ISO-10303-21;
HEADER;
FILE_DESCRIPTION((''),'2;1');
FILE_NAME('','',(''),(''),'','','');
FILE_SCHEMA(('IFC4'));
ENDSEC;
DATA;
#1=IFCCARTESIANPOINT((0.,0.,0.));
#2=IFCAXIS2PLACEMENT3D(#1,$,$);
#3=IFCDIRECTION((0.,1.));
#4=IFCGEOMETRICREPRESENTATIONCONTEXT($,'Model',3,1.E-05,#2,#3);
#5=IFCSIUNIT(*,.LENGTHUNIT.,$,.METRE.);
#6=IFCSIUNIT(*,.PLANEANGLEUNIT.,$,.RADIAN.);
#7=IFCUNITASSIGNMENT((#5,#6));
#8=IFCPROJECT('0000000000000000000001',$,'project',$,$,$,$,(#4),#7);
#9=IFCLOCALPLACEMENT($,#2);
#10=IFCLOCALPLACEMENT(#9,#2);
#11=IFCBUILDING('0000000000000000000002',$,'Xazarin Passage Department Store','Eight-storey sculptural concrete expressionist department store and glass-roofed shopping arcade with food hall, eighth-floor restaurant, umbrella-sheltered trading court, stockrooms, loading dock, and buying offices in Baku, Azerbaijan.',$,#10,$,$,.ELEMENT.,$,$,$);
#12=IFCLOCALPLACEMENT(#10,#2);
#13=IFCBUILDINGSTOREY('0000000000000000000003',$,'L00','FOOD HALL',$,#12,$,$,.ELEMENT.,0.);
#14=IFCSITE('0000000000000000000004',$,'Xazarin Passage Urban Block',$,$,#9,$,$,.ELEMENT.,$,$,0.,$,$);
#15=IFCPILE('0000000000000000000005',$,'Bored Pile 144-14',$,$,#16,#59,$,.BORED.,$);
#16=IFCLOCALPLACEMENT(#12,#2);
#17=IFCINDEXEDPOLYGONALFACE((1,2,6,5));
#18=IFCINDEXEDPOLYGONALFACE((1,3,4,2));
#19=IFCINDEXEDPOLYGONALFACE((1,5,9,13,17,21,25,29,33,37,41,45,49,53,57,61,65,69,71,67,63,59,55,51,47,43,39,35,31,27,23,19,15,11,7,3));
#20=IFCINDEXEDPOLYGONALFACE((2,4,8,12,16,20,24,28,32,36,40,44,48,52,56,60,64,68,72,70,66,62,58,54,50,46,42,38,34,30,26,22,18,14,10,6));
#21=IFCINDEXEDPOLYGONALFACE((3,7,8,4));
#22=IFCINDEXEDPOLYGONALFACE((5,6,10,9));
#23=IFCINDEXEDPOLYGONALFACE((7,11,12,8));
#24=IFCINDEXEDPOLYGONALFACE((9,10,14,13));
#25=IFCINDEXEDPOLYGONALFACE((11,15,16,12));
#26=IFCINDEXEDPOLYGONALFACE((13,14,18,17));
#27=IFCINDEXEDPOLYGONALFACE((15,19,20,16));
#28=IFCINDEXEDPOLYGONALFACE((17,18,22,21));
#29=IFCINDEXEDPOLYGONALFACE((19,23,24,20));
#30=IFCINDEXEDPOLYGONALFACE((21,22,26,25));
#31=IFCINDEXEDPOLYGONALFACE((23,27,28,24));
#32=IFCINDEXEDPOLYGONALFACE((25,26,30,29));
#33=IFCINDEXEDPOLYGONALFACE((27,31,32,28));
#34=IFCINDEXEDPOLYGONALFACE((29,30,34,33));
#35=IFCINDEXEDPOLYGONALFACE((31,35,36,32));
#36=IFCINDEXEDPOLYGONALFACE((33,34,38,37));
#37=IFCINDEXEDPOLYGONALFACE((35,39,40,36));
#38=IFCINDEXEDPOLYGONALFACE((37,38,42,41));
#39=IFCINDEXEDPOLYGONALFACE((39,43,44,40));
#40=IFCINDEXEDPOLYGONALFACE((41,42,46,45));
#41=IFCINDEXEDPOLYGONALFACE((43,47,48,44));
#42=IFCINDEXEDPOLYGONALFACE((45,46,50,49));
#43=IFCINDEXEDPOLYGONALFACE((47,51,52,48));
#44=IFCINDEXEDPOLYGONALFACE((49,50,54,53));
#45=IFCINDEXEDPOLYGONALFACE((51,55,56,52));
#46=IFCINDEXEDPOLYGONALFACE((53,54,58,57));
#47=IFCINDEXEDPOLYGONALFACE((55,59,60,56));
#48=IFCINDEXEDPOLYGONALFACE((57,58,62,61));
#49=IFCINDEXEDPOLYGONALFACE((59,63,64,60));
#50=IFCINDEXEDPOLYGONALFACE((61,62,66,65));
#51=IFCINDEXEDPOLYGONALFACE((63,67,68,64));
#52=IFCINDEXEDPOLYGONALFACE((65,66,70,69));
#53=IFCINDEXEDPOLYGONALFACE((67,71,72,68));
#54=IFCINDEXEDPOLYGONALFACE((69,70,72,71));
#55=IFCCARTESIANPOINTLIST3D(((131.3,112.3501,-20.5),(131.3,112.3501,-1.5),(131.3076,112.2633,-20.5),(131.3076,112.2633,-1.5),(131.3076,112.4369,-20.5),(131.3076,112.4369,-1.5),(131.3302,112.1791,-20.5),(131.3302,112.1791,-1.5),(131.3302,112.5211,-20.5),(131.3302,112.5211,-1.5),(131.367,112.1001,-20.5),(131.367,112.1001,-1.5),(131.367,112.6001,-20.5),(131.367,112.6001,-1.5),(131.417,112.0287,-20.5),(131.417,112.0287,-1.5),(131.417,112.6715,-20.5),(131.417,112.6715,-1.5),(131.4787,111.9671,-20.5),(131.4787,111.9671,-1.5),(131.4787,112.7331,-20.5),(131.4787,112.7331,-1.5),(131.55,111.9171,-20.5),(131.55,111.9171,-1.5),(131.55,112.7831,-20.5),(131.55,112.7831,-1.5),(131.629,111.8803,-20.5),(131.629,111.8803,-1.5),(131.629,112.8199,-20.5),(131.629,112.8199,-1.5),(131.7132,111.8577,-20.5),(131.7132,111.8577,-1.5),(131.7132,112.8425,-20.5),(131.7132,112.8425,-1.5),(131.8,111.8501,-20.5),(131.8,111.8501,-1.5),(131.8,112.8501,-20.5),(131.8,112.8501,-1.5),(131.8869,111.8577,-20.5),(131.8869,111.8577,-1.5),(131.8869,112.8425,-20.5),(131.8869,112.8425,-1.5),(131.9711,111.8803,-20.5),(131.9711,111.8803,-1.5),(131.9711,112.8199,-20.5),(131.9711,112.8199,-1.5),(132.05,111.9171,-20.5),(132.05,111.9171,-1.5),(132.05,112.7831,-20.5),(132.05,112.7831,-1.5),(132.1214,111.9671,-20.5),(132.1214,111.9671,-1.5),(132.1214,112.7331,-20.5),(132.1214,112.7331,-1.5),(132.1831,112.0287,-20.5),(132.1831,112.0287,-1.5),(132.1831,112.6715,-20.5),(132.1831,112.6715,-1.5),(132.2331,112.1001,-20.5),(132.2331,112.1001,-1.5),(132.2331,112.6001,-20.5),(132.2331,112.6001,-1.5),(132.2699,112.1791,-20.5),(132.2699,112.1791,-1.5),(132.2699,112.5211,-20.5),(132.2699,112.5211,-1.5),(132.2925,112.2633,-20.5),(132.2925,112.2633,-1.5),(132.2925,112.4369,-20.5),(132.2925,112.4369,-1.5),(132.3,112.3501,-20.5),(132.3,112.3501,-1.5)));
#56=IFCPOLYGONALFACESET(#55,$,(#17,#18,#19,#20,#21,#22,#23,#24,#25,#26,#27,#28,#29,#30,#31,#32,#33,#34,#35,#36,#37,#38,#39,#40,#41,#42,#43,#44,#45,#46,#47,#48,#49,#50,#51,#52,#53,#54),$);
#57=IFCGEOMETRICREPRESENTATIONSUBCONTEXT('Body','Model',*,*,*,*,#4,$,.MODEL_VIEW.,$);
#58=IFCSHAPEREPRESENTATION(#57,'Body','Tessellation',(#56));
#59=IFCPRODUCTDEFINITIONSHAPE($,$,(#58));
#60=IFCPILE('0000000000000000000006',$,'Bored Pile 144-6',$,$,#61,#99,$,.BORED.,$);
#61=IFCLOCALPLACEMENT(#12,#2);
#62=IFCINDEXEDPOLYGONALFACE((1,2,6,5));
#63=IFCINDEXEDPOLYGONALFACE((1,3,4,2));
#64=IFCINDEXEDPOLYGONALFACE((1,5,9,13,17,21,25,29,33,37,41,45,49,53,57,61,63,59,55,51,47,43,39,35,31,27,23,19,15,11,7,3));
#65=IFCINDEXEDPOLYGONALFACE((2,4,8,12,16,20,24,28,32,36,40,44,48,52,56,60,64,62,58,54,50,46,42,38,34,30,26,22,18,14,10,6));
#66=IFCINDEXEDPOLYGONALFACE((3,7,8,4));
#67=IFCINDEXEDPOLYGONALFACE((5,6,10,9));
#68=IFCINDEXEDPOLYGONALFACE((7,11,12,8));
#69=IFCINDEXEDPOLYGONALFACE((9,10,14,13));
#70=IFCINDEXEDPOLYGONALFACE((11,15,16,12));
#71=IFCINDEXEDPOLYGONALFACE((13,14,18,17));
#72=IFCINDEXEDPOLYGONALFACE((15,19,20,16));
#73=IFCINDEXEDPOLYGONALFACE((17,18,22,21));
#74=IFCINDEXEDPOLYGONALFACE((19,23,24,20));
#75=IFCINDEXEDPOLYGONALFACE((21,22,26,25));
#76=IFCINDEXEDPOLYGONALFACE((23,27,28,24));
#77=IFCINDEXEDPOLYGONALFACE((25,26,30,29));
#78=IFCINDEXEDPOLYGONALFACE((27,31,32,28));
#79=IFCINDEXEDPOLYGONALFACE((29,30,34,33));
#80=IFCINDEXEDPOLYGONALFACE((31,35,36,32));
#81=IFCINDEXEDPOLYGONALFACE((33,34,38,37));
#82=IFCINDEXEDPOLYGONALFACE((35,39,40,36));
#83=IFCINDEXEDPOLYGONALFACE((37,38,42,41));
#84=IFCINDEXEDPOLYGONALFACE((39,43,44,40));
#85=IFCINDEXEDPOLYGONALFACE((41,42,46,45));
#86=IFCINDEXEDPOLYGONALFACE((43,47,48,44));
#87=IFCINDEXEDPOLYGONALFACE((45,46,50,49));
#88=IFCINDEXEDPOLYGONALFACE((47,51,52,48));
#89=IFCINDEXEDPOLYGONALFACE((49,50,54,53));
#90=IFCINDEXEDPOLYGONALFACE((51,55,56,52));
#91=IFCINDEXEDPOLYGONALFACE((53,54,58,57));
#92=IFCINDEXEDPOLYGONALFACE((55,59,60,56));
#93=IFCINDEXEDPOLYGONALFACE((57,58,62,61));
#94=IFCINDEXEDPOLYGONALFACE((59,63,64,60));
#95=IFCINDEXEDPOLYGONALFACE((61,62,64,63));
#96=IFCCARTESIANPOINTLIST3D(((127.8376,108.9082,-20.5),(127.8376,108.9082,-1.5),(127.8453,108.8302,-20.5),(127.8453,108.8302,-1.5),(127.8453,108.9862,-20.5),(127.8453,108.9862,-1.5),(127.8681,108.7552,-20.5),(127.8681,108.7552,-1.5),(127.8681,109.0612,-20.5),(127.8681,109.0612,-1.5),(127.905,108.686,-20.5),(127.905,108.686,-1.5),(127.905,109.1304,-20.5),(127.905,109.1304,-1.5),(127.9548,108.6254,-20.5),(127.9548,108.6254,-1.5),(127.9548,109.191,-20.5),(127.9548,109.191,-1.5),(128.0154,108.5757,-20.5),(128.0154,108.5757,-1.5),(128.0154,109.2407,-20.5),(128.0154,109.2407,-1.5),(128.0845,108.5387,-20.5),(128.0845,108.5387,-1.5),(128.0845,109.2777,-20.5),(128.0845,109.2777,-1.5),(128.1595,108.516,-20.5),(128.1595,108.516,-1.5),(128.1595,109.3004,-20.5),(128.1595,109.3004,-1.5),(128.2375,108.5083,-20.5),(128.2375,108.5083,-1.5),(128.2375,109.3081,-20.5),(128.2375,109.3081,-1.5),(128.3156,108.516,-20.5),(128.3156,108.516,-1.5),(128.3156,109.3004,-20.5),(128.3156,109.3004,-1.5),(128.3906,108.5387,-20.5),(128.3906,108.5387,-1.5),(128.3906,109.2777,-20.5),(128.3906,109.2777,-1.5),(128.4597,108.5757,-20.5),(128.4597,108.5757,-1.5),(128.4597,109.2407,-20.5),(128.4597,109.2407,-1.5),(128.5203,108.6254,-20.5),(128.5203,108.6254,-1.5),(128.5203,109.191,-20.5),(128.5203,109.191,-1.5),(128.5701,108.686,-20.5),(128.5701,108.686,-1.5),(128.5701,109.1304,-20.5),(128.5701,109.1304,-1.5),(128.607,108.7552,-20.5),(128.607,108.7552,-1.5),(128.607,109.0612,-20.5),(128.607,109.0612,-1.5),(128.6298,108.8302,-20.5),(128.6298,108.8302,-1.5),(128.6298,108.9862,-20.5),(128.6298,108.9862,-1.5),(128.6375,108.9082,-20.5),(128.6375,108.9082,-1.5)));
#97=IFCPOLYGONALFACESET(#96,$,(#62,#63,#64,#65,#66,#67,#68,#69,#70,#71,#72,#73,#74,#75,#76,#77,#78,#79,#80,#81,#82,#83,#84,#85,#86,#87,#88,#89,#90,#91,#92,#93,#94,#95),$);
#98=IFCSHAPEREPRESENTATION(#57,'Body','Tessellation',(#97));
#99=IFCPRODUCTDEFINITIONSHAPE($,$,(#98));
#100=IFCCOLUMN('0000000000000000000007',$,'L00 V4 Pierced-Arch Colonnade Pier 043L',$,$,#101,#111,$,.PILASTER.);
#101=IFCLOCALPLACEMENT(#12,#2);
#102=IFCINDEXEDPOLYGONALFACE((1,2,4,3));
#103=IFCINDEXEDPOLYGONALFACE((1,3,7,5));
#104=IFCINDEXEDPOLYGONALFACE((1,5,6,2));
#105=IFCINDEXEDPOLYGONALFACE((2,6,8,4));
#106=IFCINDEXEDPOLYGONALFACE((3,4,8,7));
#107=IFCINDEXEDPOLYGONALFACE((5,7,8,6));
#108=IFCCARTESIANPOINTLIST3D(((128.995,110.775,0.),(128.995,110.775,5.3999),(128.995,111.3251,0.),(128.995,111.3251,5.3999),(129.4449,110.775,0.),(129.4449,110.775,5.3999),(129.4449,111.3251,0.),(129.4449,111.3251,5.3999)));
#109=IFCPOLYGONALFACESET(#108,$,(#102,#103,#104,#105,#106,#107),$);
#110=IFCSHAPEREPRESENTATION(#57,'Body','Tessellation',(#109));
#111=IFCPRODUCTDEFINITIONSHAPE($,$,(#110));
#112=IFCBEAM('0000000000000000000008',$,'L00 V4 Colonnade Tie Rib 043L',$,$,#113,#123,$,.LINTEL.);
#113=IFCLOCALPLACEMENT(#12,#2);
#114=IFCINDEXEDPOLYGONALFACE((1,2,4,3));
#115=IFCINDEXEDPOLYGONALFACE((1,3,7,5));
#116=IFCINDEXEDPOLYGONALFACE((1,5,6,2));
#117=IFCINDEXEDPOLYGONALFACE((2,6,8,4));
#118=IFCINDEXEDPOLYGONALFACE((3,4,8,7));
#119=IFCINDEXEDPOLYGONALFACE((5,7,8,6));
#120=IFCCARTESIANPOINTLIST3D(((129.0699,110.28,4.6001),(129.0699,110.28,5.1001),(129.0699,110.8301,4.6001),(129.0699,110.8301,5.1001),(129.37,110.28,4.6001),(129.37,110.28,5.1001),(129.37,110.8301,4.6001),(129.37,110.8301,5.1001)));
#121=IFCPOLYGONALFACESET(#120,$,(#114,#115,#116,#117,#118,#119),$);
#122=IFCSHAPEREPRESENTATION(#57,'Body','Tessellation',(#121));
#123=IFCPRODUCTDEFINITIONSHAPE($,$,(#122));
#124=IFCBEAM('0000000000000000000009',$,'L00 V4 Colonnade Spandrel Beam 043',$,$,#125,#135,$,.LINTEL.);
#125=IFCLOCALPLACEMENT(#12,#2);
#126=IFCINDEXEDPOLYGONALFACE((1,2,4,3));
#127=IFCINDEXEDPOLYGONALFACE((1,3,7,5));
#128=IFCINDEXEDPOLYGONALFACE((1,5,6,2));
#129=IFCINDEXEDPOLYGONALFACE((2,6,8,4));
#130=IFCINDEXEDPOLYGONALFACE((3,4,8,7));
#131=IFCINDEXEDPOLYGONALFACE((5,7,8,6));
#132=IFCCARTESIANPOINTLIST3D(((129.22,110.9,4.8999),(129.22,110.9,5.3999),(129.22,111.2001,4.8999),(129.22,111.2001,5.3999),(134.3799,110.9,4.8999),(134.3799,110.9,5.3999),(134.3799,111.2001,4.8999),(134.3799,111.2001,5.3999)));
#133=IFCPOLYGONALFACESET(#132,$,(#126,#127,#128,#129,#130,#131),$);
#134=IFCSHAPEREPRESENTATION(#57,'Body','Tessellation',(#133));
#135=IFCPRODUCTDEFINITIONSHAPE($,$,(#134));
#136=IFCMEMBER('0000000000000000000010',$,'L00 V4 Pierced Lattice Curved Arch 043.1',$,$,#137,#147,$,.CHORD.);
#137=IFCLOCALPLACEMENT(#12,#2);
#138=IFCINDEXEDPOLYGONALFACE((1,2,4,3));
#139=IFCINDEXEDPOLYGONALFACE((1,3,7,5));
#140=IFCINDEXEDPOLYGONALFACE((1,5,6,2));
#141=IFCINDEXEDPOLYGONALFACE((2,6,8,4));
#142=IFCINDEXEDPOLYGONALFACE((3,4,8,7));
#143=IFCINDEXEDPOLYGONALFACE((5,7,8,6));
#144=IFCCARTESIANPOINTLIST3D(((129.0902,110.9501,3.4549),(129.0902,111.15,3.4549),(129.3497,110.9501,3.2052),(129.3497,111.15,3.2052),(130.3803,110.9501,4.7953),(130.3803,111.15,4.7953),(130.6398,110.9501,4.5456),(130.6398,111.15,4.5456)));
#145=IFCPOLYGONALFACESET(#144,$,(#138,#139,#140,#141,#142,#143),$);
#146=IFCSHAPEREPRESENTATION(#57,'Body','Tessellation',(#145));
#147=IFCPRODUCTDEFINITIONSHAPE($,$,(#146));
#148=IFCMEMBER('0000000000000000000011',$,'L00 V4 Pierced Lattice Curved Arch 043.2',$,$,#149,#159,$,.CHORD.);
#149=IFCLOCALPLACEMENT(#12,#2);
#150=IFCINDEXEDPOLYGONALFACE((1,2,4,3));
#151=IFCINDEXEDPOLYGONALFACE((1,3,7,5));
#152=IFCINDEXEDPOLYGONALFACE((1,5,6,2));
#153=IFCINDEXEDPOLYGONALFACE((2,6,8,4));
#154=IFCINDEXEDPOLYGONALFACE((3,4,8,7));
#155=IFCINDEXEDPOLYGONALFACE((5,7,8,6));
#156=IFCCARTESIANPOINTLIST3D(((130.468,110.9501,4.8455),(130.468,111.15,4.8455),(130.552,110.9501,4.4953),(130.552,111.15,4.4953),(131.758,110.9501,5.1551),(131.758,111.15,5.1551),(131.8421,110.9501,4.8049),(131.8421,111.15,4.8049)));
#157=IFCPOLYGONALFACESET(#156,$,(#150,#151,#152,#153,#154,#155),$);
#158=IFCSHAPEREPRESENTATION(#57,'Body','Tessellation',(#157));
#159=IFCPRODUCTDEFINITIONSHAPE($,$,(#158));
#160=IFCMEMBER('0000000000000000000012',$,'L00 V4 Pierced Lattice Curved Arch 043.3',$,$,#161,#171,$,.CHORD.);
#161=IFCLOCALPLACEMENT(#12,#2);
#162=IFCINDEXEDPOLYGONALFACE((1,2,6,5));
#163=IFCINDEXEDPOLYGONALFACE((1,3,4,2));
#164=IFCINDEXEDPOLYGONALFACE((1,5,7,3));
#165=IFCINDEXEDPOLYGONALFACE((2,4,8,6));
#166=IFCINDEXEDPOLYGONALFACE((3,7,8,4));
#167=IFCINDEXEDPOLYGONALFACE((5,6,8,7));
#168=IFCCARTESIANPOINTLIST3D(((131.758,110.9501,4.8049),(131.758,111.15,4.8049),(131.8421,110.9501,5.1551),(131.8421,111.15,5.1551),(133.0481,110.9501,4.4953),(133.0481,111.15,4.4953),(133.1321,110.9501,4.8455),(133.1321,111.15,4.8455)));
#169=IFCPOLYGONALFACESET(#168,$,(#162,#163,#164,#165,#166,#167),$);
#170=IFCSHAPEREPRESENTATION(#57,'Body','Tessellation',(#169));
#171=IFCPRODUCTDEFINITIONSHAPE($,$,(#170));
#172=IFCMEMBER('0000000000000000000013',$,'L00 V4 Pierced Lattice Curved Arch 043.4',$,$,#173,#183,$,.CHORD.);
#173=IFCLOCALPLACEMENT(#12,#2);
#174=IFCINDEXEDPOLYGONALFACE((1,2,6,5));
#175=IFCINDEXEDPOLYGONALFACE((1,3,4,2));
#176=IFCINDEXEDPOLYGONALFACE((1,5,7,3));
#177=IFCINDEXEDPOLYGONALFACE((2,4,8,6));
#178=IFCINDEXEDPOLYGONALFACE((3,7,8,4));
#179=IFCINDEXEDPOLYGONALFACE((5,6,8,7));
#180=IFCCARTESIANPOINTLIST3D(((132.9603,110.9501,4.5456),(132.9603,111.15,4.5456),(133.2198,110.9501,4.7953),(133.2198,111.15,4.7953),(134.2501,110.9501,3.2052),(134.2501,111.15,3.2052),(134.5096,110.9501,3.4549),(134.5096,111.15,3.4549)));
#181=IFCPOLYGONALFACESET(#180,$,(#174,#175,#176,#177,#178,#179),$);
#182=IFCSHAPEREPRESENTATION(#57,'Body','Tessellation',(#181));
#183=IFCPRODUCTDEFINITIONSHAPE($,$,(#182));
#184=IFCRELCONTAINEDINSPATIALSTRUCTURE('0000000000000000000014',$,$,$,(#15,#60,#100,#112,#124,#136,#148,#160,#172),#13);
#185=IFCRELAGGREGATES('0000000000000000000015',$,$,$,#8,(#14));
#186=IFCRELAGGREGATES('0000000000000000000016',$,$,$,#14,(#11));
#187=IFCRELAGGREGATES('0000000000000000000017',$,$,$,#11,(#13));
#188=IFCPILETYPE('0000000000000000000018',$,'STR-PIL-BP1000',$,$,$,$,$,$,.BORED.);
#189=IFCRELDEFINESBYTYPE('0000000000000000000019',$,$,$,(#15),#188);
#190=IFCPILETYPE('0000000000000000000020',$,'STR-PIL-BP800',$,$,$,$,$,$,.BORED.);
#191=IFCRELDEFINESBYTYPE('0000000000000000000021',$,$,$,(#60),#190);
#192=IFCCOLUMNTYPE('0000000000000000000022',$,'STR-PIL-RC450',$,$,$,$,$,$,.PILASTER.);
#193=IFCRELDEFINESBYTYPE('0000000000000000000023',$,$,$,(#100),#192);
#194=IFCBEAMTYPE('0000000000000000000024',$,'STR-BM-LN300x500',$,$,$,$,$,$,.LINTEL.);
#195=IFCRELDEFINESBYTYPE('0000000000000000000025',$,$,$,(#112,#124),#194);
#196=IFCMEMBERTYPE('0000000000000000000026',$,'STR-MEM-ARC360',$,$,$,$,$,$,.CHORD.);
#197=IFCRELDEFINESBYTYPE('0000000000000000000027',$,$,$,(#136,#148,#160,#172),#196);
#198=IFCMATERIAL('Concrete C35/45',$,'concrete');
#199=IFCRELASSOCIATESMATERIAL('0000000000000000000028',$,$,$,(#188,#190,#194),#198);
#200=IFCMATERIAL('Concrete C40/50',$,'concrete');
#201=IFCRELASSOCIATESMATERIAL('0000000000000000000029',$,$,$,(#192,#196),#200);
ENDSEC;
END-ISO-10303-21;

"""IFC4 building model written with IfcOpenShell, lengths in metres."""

from ifc_helpers import new_model, si_unit, direction, frame, origin, origin_2d, place, context, subcontext, project, spatial, rectangle, circle, extrude, material, material_profile, profile_set, type_object, element, save


model = new_model("IFC4")

# Units and contexts
model_context = context("Model", 3, precision=1e-05, world=origin(), true_north=direction((0.0, 1.0)))
body_context = subcontext(model_context, "Body", "Model", "MODEL_VIEW")
ifc_project = project(units=[si_unit("LENGTHUNIT", "METRE"), si_unit("PLANEANGLEUNIT", "RADIAN")], contexts=[model_context])

# Site, building, storey
site_placement = place(None, origin())
site = spatial("IfcSite", under=ifc_project, at=site_placement, Name="Xazarin Passage Urban Block", CompositionType="ELEMENT", RefElevation=0.0)
building_placement = place(site_placement, origin())
building = spatial("IfcBuilding", under=site, at=building_placement, Name="Xazarin Passage Department Store", Description="Eight-storey sculptural concrete expressionist department store and glass-roofed shopping arcade with food hall, eighth-floor restaurant, umbrella-sheltered trading court, stockrooms, loading dock, and buying offices in Baku, Azerbaijan.", CompositionType="ELEMENT")
storey_placement = place(building_placement, origin())
storey = spatial("IfcBuildingStorey", under=building, at=storey_placement, Name="L00", Description="FOOD HALL", CompositionType="ELEMENT", Elevation=0.0)

# Piles
ifc_material_1 = material(Name="Concrete C35/45", Category="concrete")
ifc_material_profile_1 = material_profile(ifc_material_1, circle(Radius=0.5, at=origin_2d()), Name="BP 1000")
ifc_profile_set_1 = profile_set([ifc_material_profile_1], Name="Concrete C35/45")
pile_type_1 = type_object("IfcPileType", Name="STR-PIL-BP1000", PredefinedType="BORED", material=ifc_profile_set_1)
for number, where, z_axis, x_axis, name in (
    (1, (131.8, 112.3501, -1.5), (0.0, 0.0, -1.0), (1.0, 0.0, 0.0), "Bored Pile 144-14"),
):
    element("IfcPile", number, at=place(storey_placement, frame(where, z_axis=z_axis, x_axis=x_axis)), inside=storey, type_object=pile_type_1, Name=name, PredefinedType="BORED", context=body_context, shape_type="SweptSolid", body=[
        extrude(circle(Radius=0.5, at=origin_2d()), origin(), (0.0, 0.0, 1.0), 19.0),
    ])
ifc_material_profile_2 = material_profile(ifc_material_1, circle(Radius=0.3999, at=origin_2d()), Name="BP 800")
ifc_profile_set_2 = profile_set([ifc_material_profile_2], Name="Concrete C35/45")
pile_type_2 = type_object("IfcPileType", Name="STR-PIL-BP800", PredefinedType="BORED", material=ifc_profile_set_2)
pile_placement = place(storey_placement, frame((128.2375, 108.9082, -1.5), z_axis=(0.0, 0.0, -1.0), x_axis=(1.0, 0.0, 0.0)))
element("IfcPile", 2, at=pile_placement, inside=storey, type_object=pile_type_2, Name="Bored Pile 144-6", PredefinedType="BORED", context=body_context, shape_type="SweptSolid", body=[
    extrude(circle(Radius=0.3999, at=origin_2d()), origin(), (0.0, 0.0, 1.0), 19.0),
])

# Column
ifc_material_2 = material(Name="Concrete C40/50", Category="concrete")
ifc_material_profile_3 = material_profile(ifc_material_2, rectangle(XDim=0.45, YDim=0.55, at=origin_2d()), Name="RC 450x550")
ifc_profile_set_3 = profile_set([ifc_material_profile_3], Name="Concrete C40/50")
column_type = type_object("IfcColumnType", Name="STR-PIL-RC450", PredefinedType="PILASTER", material=ifc_profile_set_3)
column_placement = place(storey_placement, frame((129.22, 111.05, 0.0), z_axis=(0.0, 0.0, 1.0), x_axis=(1.0, 0.0, 0.0)))
element("IfcColumn", 3, at=column_placement, inside=storey, type_object=column_type, Name="L00 V4 Pierced-Arch Colonnade Pier 043L", PredefinedType="PILASTER", context=body_context, shape_type="SweptSolid", body=[
    extrude(rectangle(XDim=0.45, YDim=0.55, at=origin_2d()), origin(), (0.0, 0.0, 1.0), 5.3999),
])

# Beams
ifc_material_profile_4 = material_profile(ifc_material_1, rectangle(XDim=0.3, YDim=0.5, at=origin_2d()), Name="RC 300x500")
ifc_profile_set_4 = profile_set([ifc_material_profile_4], Name="Concrete C35/45")
beam_type = type_object("IfcBeamType", Name="STR-BM-LN300x500", PredefinedType="LINTEL", material=ifc_profile_set_4)
beam_1_placement = place(storey_placement, frame((129.22, 110.28, 4.8501), z_axis=(0.0, 1.0, 0.0), x_axis=(-1.0, 0.0, 0.0)))
element("IfcBeam", 4, at=beam_1_placement, inside=storey, type_object=beam_type, Name="L00 V4 Colonnade Tie Rib 043L", PredefinedType="LINTEL", context=body_context, shape_type="SweptSolid", body=[
    extrude(rectangle(XDim=0.3, YDim=0.5, at=origin_2d()), origin(), (0.0, 0.0, 1.0), 0.55),
])
beam_2_placement = place(storey_placement, frame((129.22, 111.05, 5.1499), z_axis=(1.0, 0.0, 0.0), x_axis=(0.0, 1.0, 0.0)))
element("IfcBeam", 5, at=beam_2_placement, inside=storey, type_object=beam_type, Name="L00 V4 Colonnade Spandrel Beam 043", PredefinedType="LINTEL", context=body_context, shape_type="SweptSolid", body=[
    extrude(rectangle(XDim=0.3, YDim=0.5, at=origin_2d()), origin(), (0.0, 0.0, 1.0), 5.1599),
])

# Members
ifc_material_profile_5 = material_profile(ifc_material_2, rectangle(XDim=0.2, YDim=0.3601, at=origin_2d()), Name="RC 200x360")
ifc_profile_set_5 = profile_set([ifc_material_profile_5], Name="Concrete C40/50")
member_type = type_object("IfcMemberType", Name="STR-MEM-ARC360", PredefinedType="CHORD", material=ifc_profile_set_5)
member_1_placement = place(storey_placement, frame((129.22, 111.05, 3.3301), z_axis=(0.69346, 0.0, 0.720495), x_axis=(0.0, 1.0, 0.0)))
element("IfcMember", 6, at=member_1_placement, inside=storey, type_object=member_type, Name="L00 V4 Pierced Lattice Curved Arch 043.1", PredefinedType="CHORD", context=body_context, shape_type="SweptSolid", body=[
    extrude(rectangle(XDim=0.2, YDim=0.3601, at=origin_2d()), origin(), (0.0, 0.0, 1.0), 1.8604),
])
for number, where, z_axis, x_axis, name in (
    (7, (130.51, 111.05, 4.6704), (0.972394, 0.0, 0.233345), (0.0, 1.0, 0.0), "L00 V4 Pierced Lattice Curved Arch 043.2"),
    (8, (131.8, 111.05, 4.98), (0.972394, 0.0, -0.233345), (0.0, 1.0, 0.0), "L00 V4 Pierced Lattice Curved Arch 043.3"),
):
    element("IfcMember", number, at=place(storey_placement, frame(where, z_axis=z_axis, x_axis=x_axis)), inside=storey, type_object=member_type, Name=name, PredefinedType="CHORD", context=body_context, shape_type="SweptSolid", body=[
        extrude(rectangle(XDim=0.2, YDim=0.3601, at=origin_2d()), origin(), (0.0, 0.0, 1.0), 1.3267),
    ])
member_2_placement = place(storey_placement, frame((133.0901, 111.05, 4.6704), z_axis=(0.693392, 0.0, -0.720561), x_axis=(0.0, 1.0, 0.0)))
element("IfcMember", 9, at=member_2_placement, inside=storey, type_object=member_type, Name="L00 V4 Pierced Lattice Curved Arch 043.4", PredefinedType="CHORD", context=body_context, shape_type="SweptSolid", body=[
    extrude(rectangle(XDim=0.2, YDim=0.3601, at=origin_2d()), origin(), (0.0, 0.0, 1.0), 1.8601),
])

save(model, "model.ifc")
